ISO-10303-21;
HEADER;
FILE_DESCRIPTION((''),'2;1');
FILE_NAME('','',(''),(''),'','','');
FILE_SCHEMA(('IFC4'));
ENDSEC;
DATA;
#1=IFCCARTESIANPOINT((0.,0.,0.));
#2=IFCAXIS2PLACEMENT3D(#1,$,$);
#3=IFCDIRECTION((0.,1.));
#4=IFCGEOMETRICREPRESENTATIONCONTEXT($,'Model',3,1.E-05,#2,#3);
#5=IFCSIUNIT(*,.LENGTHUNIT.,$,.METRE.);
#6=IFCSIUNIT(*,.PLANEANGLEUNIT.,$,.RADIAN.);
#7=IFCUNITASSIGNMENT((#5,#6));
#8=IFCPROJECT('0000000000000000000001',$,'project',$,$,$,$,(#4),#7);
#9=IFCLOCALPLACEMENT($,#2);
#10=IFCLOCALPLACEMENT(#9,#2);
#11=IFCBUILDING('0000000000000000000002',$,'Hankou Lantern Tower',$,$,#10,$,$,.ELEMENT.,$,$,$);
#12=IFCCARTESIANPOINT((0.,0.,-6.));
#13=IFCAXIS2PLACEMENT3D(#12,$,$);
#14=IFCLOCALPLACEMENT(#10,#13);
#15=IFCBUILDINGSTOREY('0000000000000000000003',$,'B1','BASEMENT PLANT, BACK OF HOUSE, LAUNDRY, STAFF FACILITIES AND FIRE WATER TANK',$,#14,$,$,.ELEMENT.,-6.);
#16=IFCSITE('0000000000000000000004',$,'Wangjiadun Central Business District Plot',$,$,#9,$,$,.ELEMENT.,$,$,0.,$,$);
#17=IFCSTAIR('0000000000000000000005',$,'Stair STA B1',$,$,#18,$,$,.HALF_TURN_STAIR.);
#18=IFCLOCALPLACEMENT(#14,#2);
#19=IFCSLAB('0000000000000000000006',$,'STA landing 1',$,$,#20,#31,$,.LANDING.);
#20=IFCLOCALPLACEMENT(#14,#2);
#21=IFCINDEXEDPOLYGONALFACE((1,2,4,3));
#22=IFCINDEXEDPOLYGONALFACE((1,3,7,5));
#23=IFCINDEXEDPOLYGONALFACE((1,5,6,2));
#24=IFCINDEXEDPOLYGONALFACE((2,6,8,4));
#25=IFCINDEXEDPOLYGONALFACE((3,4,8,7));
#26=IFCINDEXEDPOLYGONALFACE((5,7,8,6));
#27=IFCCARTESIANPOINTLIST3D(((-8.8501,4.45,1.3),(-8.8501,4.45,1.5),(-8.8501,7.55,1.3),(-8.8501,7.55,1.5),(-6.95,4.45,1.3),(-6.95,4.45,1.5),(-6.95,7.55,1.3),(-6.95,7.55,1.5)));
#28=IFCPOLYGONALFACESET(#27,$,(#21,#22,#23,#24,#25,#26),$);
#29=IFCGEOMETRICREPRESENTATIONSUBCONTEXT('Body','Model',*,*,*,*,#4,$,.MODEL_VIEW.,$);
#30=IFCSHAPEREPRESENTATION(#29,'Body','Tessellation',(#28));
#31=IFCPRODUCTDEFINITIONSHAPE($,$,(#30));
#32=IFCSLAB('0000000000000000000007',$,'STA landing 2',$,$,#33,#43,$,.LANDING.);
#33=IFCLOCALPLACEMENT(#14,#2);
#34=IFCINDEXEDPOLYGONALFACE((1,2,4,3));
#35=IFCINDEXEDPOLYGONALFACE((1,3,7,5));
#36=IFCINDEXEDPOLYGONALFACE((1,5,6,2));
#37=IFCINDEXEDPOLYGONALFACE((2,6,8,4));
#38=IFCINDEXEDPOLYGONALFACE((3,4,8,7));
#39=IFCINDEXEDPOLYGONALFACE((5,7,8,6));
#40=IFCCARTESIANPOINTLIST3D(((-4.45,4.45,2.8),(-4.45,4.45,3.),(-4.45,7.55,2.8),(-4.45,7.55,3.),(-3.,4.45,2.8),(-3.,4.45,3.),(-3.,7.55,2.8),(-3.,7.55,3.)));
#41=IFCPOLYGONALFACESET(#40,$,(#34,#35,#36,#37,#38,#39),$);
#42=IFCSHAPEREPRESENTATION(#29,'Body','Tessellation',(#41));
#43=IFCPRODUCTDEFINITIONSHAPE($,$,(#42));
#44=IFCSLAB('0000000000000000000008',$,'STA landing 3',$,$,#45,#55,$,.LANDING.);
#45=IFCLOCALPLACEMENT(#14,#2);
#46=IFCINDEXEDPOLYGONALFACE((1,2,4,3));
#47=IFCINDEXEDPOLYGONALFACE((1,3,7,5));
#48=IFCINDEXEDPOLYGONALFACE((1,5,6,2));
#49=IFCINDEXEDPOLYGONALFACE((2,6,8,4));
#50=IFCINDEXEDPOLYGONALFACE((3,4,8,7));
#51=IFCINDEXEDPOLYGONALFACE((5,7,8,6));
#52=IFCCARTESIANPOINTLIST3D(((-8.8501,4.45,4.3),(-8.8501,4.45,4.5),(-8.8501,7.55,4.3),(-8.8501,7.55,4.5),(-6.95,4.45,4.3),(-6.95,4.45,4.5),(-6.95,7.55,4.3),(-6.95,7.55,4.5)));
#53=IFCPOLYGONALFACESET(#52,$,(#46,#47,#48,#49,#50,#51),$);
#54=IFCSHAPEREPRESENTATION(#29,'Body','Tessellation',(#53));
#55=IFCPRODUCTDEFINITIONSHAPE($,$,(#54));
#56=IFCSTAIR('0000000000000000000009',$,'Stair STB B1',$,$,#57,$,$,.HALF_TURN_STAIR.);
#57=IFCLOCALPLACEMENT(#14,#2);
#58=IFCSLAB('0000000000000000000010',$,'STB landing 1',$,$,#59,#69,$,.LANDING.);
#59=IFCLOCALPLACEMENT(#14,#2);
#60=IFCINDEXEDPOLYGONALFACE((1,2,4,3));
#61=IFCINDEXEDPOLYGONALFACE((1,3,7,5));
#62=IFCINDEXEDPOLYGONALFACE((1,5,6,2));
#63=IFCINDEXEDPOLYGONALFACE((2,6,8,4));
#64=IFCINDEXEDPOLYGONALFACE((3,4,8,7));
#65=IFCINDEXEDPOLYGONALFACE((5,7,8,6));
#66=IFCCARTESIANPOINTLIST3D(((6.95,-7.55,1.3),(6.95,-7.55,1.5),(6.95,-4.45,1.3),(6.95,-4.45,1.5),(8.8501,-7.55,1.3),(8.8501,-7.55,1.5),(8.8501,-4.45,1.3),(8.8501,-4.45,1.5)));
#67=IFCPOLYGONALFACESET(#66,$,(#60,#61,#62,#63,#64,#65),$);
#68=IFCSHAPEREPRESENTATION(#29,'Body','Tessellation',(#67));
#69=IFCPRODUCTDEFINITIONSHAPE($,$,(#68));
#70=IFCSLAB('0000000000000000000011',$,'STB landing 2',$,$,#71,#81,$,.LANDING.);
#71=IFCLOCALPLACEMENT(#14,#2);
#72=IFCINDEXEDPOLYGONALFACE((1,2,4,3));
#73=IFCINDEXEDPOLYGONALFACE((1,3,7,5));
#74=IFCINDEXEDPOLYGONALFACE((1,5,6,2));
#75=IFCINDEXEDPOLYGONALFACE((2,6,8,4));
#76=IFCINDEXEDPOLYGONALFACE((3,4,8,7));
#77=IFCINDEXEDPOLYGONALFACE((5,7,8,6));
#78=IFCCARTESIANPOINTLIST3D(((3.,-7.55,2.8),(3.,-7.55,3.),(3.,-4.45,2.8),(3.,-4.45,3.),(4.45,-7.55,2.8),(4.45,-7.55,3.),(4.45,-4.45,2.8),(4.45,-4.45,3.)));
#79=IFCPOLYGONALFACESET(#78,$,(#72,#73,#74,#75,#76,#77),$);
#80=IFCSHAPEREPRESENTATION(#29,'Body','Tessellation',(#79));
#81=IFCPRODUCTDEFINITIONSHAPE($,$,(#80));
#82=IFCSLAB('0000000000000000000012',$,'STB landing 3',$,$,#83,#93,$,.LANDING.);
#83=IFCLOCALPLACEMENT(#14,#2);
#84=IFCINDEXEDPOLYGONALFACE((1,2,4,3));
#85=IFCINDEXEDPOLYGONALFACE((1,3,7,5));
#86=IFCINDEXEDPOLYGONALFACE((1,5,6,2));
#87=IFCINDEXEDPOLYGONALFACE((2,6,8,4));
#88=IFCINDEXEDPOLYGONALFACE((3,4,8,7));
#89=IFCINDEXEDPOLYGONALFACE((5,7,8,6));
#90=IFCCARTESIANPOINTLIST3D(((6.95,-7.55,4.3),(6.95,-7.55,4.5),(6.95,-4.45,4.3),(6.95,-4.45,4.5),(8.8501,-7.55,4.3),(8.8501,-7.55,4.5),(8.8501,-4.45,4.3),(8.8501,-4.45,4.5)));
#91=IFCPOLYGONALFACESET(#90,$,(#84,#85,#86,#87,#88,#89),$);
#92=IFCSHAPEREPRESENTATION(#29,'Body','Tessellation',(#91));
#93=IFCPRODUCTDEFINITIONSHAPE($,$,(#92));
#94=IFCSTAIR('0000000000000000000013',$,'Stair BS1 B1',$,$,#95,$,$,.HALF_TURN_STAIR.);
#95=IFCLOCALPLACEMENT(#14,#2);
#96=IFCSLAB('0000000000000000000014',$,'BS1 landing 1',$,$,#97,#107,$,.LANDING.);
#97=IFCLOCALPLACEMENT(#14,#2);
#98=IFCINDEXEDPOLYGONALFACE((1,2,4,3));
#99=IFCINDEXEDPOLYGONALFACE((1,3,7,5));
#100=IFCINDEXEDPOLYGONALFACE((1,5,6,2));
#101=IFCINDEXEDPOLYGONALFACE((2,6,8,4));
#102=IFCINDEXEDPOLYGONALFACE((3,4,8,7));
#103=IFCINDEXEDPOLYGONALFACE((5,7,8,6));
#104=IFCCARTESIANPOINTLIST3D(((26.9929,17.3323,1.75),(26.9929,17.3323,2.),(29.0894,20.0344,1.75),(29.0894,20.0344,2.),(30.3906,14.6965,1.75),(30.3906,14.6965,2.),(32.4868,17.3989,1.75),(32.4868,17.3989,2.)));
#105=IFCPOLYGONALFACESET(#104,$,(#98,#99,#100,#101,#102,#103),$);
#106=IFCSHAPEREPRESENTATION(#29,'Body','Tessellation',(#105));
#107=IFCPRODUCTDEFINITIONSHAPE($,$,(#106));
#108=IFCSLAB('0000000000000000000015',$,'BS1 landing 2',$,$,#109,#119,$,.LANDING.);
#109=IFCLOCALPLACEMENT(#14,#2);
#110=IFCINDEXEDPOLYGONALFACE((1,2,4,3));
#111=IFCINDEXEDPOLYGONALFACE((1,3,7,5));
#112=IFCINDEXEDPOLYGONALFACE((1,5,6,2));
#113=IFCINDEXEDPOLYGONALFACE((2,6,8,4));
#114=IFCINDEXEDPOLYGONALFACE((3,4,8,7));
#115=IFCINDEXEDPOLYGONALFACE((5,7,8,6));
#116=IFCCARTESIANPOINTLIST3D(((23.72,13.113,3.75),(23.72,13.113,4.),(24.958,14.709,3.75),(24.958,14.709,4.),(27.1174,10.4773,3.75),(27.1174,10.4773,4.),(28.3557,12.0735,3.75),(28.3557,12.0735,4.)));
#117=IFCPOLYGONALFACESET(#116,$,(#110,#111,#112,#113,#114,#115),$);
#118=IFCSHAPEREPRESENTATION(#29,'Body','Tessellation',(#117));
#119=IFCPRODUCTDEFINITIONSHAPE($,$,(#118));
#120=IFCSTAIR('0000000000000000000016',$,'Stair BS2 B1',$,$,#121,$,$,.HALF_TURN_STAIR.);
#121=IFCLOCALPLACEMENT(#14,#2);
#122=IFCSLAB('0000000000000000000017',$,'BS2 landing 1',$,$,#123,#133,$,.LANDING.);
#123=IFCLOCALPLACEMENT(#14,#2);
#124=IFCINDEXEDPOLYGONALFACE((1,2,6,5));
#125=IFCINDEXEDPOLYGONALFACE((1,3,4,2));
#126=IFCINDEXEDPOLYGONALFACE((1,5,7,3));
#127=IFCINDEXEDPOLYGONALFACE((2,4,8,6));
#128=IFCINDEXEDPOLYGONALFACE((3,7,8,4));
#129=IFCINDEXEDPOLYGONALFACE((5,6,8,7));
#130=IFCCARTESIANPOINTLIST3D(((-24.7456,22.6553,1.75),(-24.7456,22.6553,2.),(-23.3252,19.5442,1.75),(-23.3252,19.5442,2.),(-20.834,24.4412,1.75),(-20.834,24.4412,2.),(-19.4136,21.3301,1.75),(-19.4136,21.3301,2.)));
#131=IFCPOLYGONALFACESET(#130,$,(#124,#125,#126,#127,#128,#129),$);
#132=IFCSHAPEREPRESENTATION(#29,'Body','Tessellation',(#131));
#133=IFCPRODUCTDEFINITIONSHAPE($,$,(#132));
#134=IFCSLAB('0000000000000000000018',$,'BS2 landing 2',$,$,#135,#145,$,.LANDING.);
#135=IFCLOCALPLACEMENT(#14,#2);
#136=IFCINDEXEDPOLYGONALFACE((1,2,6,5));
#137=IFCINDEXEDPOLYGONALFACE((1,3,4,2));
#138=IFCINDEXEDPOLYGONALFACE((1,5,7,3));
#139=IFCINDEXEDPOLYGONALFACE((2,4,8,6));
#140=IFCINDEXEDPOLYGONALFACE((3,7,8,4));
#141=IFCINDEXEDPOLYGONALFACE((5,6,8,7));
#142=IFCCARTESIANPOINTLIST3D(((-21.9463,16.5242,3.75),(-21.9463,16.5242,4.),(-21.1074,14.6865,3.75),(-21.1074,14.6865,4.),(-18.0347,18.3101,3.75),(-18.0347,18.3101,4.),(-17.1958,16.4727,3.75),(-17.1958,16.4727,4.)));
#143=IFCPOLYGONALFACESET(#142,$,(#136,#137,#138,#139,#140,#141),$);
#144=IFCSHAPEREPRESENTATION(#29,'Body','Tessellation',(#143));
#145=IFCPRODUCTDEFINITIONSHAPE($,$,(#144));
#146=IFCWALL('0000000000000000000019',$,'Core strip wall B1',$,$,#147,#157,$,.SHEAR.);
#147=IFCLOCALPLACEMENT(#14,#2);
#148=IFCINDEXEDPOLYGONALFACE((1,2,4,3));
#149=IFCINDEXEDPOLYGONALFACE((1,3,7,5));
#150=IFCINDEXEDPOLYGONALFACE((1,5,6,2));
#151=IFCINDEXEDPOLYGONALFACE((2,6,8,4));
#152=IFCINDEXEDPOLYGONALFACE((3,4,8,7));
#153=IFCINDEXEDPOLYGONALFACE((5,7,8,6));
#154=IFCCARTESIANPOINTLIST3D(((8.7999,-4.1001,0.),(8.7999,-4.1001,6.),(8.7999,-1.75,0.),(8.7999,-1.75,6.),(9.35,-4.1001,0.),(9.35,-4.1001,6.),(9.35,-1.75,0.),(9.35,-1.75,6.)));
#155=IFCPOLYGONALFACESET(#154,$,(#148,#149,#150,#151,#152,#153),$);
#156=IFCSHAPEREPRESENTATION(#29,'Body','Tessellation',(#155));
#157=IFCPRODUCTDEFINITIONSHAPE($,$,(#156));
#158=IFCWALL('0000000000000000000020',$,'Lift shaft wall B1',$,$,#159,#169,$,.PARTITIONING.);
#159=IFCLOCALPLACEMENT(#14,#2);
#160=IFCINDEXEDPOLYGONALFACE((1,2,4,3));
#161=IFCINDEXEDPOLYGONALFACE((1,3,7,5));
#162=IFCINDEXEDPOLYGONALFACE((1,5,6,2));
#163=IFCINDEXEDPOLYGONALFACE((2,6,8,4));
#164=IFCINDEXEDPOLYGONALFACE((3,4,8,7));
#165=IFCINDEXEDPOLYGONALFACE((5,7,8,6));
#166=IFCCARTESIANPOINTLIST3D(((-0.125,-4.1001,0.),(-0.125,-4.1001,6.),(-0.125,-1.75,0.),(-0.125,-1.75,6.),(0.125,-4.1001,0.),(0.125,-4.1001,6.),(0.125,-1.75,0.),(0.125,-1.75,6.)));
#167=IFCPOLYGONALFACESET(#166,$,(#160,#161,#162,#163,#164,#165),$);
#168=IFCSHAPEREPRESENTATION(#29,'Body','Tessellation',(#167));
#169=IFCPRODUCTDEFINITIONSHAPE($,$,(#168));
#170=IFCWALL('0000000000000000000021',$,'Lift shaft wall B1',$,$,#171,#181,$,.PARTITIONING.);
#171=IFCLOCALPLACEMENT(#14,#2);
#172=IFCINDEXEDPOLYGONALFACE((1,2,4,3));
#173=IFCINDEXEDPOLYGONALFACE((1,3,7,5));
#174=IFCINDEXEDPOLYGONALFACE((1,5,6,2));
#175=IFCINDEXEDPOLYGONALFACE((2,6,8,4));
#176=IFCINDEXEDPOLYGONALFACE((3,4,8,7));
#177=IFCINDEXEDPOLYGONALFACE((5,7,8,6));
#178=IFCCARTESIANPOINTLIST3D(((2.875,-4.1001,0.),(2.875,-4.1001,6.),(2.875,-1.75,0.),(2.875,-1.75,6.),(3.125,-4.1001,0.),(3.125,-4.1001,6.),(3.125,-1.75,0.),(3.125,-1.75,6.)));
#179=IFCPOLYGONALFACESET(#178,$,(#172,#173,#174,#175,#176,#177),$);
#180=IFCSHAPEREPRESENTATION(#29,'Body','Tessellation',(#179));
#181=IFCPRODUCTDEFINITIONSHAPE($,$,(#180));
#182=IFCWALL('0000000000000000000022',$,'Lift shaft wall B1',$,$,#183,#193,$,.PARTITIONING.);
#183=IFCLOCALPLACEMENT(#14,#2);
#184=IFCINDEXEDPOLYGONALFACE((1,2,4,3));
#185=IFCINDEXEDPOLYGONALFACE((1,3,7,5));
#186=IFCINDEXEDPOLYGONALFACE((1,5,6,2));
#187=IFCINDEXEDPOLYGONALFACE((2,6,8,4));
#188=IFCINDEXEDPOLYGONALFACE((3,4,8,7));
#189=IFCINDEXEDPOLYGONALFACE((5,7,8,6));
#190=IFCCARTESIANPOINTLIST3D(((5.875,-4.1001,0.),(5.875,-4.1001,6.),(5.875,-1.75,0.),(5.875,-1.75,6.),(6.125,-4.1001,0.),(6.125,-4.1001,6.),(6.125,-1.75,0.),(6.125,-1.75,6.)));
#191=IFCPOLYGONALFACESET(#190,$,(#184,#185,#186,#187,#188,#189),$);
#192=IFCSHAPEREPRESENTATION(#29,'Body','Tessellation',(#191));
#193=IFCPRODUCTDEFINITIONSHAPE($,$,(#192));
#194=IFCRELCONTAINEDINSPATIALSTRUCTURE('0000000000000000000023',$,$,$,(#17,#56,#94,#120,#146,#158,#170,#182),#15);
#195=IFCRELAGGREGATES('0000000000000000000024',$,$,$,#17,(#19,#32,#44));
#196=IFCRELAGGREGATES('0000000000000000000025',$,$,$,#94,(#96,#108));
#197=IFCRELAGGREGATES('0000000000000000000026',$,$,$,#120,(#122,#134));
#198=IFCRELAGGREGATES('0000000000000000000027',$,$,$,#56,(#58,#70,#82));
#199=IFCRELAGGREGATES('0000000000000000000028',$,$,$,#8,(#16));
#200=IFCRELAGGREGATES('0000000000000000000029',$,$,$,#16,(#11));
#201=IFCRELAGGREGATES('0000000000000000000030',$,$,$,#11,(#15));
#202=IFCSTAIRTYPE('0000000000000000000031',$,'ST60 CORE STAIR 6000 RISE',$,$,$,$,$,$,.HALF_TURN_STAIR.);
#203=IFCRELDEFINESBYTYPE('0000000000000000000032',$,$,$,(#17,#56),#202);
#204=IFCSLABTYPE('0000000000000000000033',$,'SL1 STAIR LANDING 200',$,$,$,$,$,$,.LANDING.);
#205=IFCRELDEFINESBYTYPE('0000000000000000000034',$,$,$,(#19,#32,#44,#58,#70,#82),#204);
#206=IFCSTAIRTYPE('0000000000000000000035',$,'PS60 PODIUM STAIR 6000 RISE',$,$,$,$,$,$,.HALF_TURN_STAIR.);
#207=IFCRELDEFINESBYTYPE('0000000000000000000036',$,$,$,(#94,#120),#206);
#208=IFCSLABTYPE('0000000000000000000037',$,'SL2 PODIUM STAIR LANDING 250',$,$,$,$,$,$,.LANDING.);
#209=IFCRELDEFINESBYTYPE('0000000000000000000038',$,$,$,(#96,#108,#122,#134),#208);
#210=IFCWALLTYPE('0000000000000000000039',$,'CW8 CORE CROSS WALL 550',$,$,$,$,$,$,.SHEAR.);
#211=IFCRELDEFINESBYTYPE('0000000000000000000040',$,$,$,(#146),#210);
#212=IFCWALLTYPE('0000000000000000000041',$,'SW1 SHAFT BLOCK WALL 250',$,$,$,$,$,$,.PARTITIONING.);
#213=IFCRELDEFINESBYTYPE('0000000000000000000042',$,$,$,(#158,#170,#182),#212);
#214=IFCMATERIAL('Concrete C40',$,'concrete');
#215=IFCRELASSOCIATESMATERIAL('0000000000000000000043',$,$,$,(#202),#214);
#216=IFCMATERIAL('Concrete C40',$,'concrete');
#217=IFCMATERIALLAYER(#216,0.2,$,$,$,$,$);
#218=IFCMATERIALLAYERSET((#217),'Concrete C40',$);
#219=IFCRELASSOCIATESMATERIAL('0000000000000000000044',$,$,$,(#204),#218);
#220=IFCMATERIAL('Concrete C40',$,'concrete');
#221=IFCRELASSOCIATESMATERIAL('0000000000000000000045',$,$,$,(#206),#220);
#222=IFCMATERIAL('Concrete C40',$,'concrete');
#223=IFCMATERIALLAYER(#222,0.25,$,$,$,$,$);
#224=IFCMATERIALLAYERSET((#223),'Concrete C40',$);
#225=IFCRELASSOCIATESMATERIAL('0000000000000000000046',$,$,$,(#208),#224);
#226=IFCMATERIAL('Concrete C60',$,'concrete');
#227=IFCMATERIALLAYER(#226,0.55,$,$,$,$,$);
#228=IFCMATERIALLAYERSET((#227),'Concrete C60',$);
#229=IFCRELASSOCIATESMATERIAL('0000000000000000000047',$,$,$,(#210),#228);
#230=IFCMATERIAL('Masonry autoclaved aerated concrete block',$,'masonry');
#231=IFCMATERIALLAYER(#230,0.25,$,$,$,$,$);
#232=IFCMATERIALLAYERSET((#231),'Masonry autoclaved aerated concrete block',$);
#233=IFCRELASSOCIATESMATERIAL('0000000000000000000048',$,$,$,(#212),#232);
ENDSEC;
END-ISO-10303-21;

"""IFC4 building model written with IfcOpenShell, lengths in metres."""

from ifc_helpers import new_model, si_unit, direction, frame, frame_2d, origin, place, context, subcontext, project, spatial, polyline, rectangle, outline, extrude, material, layer, layer_set, type_object, element, aggregate, save


model = new_model("IFC4")

# Units and contexts
model_context = context("Model", 3, precision=1e-05, world=origin(), true_north=direction((0.0, 1.0)))
body_context = subcontext(model_context, "Body", "Model", "MODEL_VIEW")
ifc_project = project(units=[si_unit("LENGTHUNIT", "METRE"), si_unit("PLANEANGLEUNIT", "RADIAN")], contexts=[model_context])

# Site, building, storey
site_placement = place(None, origin())
site = spatial("IfcSite", under=ifc_project, at=site_placement, Name="Wangjiadun Central Business District Plot", CompositionType="ELEMENT", RefElevation=0.0)
building_placement = place(site_placement, origin())
building = spatial("IfcBuilding", under=site, at=building_placement, Name="Hankou Lantern Tower", CompositionType="ELEMENT")
storey_placement = place(building_placement, frame((0.0, 0.0, -6.0)))
storey = spatial("IfcBuildingStorey", under=building, at=storey_placement, Name="B1", Description="BASEMENT PLANT, BACK OF HOUSE, LAUNDRY, STAFF FACILITIES AND FIRE WATER TANK", CompositionType="ELEMENT", Elevation=-6.0)

# Stairs, slabs
ifc_material_1 = material(Name="Concrete C40", Category="concrete")
stair_type_1 = type_object("IfcStairType", Name="ST60 CORE STAIR 6000 RISE", PredefinedType="HALF_TURN_STAIR", material=ifc_material_1)
stair_1_placement = place(storey_placement, origin())
stair_1 = element("IfcStair", 1, at=stair_1_placement, inside=storey, type_object=stair_type_1, Name="Stair STA B1", PredefinedType="HALF_TURN_STAIR")
ifc_material_2 = material(Name="Concrete C40", Category="concrete")
ifc_layer_1 = layer(ifc_material_2, 0.2)
ifc_layer_set_1 = layer_set([ifc_layer_1], Name="Concrete C40")
slab_type_1 = type_object("IfcSlabType", Name="SL1 STAIR LANDING 200", PredefinedType="LANDING", material=ifc_layer_set_1)
slab_1_placement = place(storey_placement, frame((0.0, 0.0, 1.3)))
slab_1 = element("IfcSlab", 2, at=slab_1_placement, type_object=slab_type_1, Name="STA landing 1", PredefinedType="LANDING", context=body_context, shape_type="SweptSolid", body=[
    extrude(outline(polyline([(-8.8501, 4.45), (-6.95, 4.45), (-6.95, 7.55), (-8.8501, 7.55), (-8.8501, 4.45)])), origin(), (0.0, 0.0, 1.0), 0.2),
])
slab_2_placement = place(storey_placement, frame((0.0, 0.0, 2.8)))
slab_2 = element("IfcSlab", 3, at=slab_2_placement, type_object=slab_type_1, Name="STA landing 2", PredefinedType="LANDING", context=body_context, shape_type="SweptSolid", body=[
    extrude(outline(polyline([(-4.45, 4.45), (-3.0, 4.45), (-3.0, 7.55), (-4.45, 7.55), (-4.45, 4.45)])), origin(), (0.0, 0.0, 1.0), 0.2),
])
slab_3_placement = place(storey_placement, frame((0.0, 0.0, 4.3)))
slab_3 = element("IfcSlab", 4, at=slab_3_placement, type_object=slab_type_1, Name="STA landing 3", PredefinedType="LANDING", context=body_context, shape_type="SweptSolid", body=[
    extrude(outline(polyline([(-8.8501, 4.45), (-6.95, 4.45), (-6.95, 7.55), (-8.8501, 7.55), (-8.8501, 4.45)])), origin(), (0.0, 0.0, 1.0), 0.2),
])
aggregate(stair_1, [slab_1, slab_2, slab_3])
stair_2_placement = place(storey_placement, origin())
stair_2 = element("IfcStair", 5, at=stair_2_placement, inside=storey, type_object=stair_type_1, Name="Stair STB B1", PredefinedType="HALF_TURN_STAIR")
slab_4_placement = place(storey_placement, frame((0.0, 0.0, 1.3)))
slab_4 = element("IfcSlab", 6, at=slab_4_placement, type_object=slab_type_1, Name="STB landing 1", PredefinedType="LANDING", context=body_context, shape_type="SweptSolid", body=[
    extrude(outline(polyline([(8.8501, -4.45), (6.95, -4.45), (6.95, -7.55), (8.8501, -7.55), (8.8501, -4.45)])), origin(), (0.0, 0.0, 1.0), 0.2),
])
slab_5_placement = place(storey_placement, frame((0.0, 0.0, 2.8)))
slab_5 = element("IfcSlab", 7, at=slab_5_placement, type_object=slab_type_1, Name="STB landing 2", PredefinedType="LANDING", context=body_context, shape_type="SweptSolid", body=[
    extrude(outline(polyline([(4.45, -4.45), (3.0, -4.45), (3.0, -7.55), (4.45, -7.55), (4.45, -4.45)])), origin(), (0.0, 0.0, 1.0), 0.2),
])
slab_6_placement = place(storey_placement, frame((0.0, 0.0, 4.3)))
slab_6 = element("IfcSlab", 8, at=slab_6_placement, type_object=slab_type_1, Name="STB landing 3", PredefinedType="LANDING", context=body_context, shape_type="SweptSolid", body=[
    extrude(outline(polyline([(8.8501, -4.45), (6.95, -4.45), (6.95, -7.55), (8.8501, -7.55), (8.8501, -4.45)])), origin(), (0.0, 0.0, 1.0), 0.2),
])
ifc_material_3 = material(Name="Concrete C40", Category="concrete")
stair_type_2 = type_object("IfcStairType", Name="PS60 PODIUM STAIR 6000 RISE", PredefinedType="HALF_TURN_STAIR", material=ifc_material_3)
stair_3_placement = place(storey_placement, origin())
stair_3 = element("IfcStair", 9, at=stair_3_placement, inside=storey, type_object=stair_type_2, Name="Stair BS1 B1", PredefinedType="HALF_TURN_STAIR")
ifc_material_4 = material(Name="Concrete C40", Category="concrete")
ifc_layer_2 = layer(ifc_material_4, 0.25)
ifc_layer_set_2 = layer_set([ifc_layer_2], Name="Concrete C40")
slab_type_2 = type_object("IfcSlabType", Name="SL2 PODIUM STAIR LANDING 250", PredefinedType="LANDING", material=ifc_layer_set_2)
slab_7_placement = place(storey_placement, frame((0.0, 0.0, 1.75)))
slab_7 = element("IfcSlab", 10, at=slab_7_placement, type_object=slab_type_2, Name="BS1 landing 1", PredefinedType="LANDING", context=body_context, shape_type="SweptSolid", body=[
    extrude(outline(polyline([(32.4868, 17.3989), (29.0894, 20.0344), (26.9929, 17.3323), (30.3906, 14.6965), (32.4868, 17.3989)])), origin(), (0.0, 0.0, 1.0), 0.25),
])
slab_8_placement = place(storey_placement, frame((0.0, 0.0, 3.75)))
slab_8 = element("IfcSlab", 11, at=slab_8_placement, type_object=slab_type_2, Name="BS1 landing 2", PredefinedType="LANDING", context=body_context, shape_type="SweptSolid", body=[
    extrude(outline(polyline([(28.3557, 12.0735), (24.958, 14.709), (23.72, 13.113), (27.1174, 10.4773), (28.3557, 12.0735)])), origin(), (0.0, 0.0, 1.0), 0.25),
])
aggregate(stair_3, [slab_7, slab_8])
stair_4_placement = place(storey_placement, origin())
stair_4 = element("IfcStair", 12, at=stair_4_placement, inside=storey, type_object=stair_type_2, Name="Stair BS2 B1", PredefinedType="HALF_TURN_STAIR")
slab_9_placement = place(storey_placement, frame((0.0, 0.0, 1.75)))
slab_9 = element("IfcSlab", 13, at=slab_9_placement, type_object=slab_type_2, Name="BS2 landing 1", PredefinedType="LANDING", context=body_context, shape_type="SweptSolid", body=[
    extrude(outline(polyline([(-20.834, 24.4412), (-24.7456, 22.6553), (-23.3252, 19.5442), (-19.4136, 21.3301), (-20.834, 24.4412)])), origin(), (0.0, 0.0, 1.0), 0.25),
])
slab_10_placement = place(storey_placement, frame((0.0, 0.0, 3.75)))
slab_10 = element("IfcSlab", 14, at=slab_10_placement, type_object=slab_type_2, Name="BS2 landing 2", PredefinedType="LANDING", context=body_context, shape_type="SweptSolid", body=[
    extrude(outline(polyline([(-18.0347, 18.3101), (-21.9463, 16.5242), (-21.1074, 14.6865), (-17.1958, 16.4727), (-18.0347, 18.3101)])), origin(), (0.0, 0.0, 1.0), 0.25),
])
aggregate(stair_4, [slab_9, slab_10])

# Walls
ifc_material_5 = material(Name="Concrete C60", Category="concrete")
ifc_layer_3 = layer(ifc_material_5, 0.55)
ifc_layer_set_3 = layer_set([ifc_layer_3], Name="Concrete C60")
wall_type_1 = type_object("IfcWallType", Name="CW8 CORE CROSS WALL 550", PredefinedType="SHEAR", material=ifc_layer_set_3)
wall_placement = place(storey_placement, frame((9.075, -4.1001, 0.0), z_axis=(0.0, 0.0, 1.0), x_axis=(0.0, 1.0, 0.0)))
element("IfcWall", 15, at=wall_placement, inside=storey, type_object=wall_type_1, Name="Core strip wall B1", PredefinedType="SHEAR", context=body_context, shape_type="SweptSolid", body=[
    extrude(rectangle(XDim=2.3501, YDim=0.55, at=frame_2d((1.175, 0.0))), origin(), (0.0, 0.0, 1.0), 6.0),
])
ifc_material_6 = material(Name="Masonry autoclaved aerated concrete block", Category="masonry")
ifc_layer_4 = layer(ifc_material_6, 0.25)
ifc_layer_set_4 = layer_set([ifc_layer_4], Name="Masonry autoclaved aerated concrete block")
wall_type_2 = type_object("IfcWallType", Name="SW1 SHAFT BLOCK WALL 250", PredefinedType="PARTITIONING", material=ifc_layer_set_4)
for number, where, z_axis, x_axis, name in (
    (16, (0.0, -4.1001, 0.0), (0.0, 0.0, 1.0), (0.0, 1.0, 0.0), "Lift shaft wall B1"),
    (17, (3.0, -4.1001, 0.0), (0.0, 0.0, 1.0), (0.0, 1.0, 0.0), "Lift shaft wall B1"),
    (18, (6.0, -4.1001, 0.0), (0.0, 0.0, 1.0), (0.0, 1.0, 0.0), "Lift shaft wall B1"),
):
    element("IfcWall", number, at=place(storey_placement, frame(where, z_axis=z_axis, x_axis=x_axis)), inside=storey, type_object=wall_type_2, Name=name, PredefinedType="PARTITIONING", context=body_context, shape_type="SweptSolid", body=[
        extrude(rectangle(XDim=2.3501, YDim=0.25, at=frame_2d((1.175, 0.0))), origin(), (0.0, 0.0, 1.0), 6.0),
    ])

aggregate(stair_2, [slab_4, slab_5, slab_6])

save(model, "model.ifc")
